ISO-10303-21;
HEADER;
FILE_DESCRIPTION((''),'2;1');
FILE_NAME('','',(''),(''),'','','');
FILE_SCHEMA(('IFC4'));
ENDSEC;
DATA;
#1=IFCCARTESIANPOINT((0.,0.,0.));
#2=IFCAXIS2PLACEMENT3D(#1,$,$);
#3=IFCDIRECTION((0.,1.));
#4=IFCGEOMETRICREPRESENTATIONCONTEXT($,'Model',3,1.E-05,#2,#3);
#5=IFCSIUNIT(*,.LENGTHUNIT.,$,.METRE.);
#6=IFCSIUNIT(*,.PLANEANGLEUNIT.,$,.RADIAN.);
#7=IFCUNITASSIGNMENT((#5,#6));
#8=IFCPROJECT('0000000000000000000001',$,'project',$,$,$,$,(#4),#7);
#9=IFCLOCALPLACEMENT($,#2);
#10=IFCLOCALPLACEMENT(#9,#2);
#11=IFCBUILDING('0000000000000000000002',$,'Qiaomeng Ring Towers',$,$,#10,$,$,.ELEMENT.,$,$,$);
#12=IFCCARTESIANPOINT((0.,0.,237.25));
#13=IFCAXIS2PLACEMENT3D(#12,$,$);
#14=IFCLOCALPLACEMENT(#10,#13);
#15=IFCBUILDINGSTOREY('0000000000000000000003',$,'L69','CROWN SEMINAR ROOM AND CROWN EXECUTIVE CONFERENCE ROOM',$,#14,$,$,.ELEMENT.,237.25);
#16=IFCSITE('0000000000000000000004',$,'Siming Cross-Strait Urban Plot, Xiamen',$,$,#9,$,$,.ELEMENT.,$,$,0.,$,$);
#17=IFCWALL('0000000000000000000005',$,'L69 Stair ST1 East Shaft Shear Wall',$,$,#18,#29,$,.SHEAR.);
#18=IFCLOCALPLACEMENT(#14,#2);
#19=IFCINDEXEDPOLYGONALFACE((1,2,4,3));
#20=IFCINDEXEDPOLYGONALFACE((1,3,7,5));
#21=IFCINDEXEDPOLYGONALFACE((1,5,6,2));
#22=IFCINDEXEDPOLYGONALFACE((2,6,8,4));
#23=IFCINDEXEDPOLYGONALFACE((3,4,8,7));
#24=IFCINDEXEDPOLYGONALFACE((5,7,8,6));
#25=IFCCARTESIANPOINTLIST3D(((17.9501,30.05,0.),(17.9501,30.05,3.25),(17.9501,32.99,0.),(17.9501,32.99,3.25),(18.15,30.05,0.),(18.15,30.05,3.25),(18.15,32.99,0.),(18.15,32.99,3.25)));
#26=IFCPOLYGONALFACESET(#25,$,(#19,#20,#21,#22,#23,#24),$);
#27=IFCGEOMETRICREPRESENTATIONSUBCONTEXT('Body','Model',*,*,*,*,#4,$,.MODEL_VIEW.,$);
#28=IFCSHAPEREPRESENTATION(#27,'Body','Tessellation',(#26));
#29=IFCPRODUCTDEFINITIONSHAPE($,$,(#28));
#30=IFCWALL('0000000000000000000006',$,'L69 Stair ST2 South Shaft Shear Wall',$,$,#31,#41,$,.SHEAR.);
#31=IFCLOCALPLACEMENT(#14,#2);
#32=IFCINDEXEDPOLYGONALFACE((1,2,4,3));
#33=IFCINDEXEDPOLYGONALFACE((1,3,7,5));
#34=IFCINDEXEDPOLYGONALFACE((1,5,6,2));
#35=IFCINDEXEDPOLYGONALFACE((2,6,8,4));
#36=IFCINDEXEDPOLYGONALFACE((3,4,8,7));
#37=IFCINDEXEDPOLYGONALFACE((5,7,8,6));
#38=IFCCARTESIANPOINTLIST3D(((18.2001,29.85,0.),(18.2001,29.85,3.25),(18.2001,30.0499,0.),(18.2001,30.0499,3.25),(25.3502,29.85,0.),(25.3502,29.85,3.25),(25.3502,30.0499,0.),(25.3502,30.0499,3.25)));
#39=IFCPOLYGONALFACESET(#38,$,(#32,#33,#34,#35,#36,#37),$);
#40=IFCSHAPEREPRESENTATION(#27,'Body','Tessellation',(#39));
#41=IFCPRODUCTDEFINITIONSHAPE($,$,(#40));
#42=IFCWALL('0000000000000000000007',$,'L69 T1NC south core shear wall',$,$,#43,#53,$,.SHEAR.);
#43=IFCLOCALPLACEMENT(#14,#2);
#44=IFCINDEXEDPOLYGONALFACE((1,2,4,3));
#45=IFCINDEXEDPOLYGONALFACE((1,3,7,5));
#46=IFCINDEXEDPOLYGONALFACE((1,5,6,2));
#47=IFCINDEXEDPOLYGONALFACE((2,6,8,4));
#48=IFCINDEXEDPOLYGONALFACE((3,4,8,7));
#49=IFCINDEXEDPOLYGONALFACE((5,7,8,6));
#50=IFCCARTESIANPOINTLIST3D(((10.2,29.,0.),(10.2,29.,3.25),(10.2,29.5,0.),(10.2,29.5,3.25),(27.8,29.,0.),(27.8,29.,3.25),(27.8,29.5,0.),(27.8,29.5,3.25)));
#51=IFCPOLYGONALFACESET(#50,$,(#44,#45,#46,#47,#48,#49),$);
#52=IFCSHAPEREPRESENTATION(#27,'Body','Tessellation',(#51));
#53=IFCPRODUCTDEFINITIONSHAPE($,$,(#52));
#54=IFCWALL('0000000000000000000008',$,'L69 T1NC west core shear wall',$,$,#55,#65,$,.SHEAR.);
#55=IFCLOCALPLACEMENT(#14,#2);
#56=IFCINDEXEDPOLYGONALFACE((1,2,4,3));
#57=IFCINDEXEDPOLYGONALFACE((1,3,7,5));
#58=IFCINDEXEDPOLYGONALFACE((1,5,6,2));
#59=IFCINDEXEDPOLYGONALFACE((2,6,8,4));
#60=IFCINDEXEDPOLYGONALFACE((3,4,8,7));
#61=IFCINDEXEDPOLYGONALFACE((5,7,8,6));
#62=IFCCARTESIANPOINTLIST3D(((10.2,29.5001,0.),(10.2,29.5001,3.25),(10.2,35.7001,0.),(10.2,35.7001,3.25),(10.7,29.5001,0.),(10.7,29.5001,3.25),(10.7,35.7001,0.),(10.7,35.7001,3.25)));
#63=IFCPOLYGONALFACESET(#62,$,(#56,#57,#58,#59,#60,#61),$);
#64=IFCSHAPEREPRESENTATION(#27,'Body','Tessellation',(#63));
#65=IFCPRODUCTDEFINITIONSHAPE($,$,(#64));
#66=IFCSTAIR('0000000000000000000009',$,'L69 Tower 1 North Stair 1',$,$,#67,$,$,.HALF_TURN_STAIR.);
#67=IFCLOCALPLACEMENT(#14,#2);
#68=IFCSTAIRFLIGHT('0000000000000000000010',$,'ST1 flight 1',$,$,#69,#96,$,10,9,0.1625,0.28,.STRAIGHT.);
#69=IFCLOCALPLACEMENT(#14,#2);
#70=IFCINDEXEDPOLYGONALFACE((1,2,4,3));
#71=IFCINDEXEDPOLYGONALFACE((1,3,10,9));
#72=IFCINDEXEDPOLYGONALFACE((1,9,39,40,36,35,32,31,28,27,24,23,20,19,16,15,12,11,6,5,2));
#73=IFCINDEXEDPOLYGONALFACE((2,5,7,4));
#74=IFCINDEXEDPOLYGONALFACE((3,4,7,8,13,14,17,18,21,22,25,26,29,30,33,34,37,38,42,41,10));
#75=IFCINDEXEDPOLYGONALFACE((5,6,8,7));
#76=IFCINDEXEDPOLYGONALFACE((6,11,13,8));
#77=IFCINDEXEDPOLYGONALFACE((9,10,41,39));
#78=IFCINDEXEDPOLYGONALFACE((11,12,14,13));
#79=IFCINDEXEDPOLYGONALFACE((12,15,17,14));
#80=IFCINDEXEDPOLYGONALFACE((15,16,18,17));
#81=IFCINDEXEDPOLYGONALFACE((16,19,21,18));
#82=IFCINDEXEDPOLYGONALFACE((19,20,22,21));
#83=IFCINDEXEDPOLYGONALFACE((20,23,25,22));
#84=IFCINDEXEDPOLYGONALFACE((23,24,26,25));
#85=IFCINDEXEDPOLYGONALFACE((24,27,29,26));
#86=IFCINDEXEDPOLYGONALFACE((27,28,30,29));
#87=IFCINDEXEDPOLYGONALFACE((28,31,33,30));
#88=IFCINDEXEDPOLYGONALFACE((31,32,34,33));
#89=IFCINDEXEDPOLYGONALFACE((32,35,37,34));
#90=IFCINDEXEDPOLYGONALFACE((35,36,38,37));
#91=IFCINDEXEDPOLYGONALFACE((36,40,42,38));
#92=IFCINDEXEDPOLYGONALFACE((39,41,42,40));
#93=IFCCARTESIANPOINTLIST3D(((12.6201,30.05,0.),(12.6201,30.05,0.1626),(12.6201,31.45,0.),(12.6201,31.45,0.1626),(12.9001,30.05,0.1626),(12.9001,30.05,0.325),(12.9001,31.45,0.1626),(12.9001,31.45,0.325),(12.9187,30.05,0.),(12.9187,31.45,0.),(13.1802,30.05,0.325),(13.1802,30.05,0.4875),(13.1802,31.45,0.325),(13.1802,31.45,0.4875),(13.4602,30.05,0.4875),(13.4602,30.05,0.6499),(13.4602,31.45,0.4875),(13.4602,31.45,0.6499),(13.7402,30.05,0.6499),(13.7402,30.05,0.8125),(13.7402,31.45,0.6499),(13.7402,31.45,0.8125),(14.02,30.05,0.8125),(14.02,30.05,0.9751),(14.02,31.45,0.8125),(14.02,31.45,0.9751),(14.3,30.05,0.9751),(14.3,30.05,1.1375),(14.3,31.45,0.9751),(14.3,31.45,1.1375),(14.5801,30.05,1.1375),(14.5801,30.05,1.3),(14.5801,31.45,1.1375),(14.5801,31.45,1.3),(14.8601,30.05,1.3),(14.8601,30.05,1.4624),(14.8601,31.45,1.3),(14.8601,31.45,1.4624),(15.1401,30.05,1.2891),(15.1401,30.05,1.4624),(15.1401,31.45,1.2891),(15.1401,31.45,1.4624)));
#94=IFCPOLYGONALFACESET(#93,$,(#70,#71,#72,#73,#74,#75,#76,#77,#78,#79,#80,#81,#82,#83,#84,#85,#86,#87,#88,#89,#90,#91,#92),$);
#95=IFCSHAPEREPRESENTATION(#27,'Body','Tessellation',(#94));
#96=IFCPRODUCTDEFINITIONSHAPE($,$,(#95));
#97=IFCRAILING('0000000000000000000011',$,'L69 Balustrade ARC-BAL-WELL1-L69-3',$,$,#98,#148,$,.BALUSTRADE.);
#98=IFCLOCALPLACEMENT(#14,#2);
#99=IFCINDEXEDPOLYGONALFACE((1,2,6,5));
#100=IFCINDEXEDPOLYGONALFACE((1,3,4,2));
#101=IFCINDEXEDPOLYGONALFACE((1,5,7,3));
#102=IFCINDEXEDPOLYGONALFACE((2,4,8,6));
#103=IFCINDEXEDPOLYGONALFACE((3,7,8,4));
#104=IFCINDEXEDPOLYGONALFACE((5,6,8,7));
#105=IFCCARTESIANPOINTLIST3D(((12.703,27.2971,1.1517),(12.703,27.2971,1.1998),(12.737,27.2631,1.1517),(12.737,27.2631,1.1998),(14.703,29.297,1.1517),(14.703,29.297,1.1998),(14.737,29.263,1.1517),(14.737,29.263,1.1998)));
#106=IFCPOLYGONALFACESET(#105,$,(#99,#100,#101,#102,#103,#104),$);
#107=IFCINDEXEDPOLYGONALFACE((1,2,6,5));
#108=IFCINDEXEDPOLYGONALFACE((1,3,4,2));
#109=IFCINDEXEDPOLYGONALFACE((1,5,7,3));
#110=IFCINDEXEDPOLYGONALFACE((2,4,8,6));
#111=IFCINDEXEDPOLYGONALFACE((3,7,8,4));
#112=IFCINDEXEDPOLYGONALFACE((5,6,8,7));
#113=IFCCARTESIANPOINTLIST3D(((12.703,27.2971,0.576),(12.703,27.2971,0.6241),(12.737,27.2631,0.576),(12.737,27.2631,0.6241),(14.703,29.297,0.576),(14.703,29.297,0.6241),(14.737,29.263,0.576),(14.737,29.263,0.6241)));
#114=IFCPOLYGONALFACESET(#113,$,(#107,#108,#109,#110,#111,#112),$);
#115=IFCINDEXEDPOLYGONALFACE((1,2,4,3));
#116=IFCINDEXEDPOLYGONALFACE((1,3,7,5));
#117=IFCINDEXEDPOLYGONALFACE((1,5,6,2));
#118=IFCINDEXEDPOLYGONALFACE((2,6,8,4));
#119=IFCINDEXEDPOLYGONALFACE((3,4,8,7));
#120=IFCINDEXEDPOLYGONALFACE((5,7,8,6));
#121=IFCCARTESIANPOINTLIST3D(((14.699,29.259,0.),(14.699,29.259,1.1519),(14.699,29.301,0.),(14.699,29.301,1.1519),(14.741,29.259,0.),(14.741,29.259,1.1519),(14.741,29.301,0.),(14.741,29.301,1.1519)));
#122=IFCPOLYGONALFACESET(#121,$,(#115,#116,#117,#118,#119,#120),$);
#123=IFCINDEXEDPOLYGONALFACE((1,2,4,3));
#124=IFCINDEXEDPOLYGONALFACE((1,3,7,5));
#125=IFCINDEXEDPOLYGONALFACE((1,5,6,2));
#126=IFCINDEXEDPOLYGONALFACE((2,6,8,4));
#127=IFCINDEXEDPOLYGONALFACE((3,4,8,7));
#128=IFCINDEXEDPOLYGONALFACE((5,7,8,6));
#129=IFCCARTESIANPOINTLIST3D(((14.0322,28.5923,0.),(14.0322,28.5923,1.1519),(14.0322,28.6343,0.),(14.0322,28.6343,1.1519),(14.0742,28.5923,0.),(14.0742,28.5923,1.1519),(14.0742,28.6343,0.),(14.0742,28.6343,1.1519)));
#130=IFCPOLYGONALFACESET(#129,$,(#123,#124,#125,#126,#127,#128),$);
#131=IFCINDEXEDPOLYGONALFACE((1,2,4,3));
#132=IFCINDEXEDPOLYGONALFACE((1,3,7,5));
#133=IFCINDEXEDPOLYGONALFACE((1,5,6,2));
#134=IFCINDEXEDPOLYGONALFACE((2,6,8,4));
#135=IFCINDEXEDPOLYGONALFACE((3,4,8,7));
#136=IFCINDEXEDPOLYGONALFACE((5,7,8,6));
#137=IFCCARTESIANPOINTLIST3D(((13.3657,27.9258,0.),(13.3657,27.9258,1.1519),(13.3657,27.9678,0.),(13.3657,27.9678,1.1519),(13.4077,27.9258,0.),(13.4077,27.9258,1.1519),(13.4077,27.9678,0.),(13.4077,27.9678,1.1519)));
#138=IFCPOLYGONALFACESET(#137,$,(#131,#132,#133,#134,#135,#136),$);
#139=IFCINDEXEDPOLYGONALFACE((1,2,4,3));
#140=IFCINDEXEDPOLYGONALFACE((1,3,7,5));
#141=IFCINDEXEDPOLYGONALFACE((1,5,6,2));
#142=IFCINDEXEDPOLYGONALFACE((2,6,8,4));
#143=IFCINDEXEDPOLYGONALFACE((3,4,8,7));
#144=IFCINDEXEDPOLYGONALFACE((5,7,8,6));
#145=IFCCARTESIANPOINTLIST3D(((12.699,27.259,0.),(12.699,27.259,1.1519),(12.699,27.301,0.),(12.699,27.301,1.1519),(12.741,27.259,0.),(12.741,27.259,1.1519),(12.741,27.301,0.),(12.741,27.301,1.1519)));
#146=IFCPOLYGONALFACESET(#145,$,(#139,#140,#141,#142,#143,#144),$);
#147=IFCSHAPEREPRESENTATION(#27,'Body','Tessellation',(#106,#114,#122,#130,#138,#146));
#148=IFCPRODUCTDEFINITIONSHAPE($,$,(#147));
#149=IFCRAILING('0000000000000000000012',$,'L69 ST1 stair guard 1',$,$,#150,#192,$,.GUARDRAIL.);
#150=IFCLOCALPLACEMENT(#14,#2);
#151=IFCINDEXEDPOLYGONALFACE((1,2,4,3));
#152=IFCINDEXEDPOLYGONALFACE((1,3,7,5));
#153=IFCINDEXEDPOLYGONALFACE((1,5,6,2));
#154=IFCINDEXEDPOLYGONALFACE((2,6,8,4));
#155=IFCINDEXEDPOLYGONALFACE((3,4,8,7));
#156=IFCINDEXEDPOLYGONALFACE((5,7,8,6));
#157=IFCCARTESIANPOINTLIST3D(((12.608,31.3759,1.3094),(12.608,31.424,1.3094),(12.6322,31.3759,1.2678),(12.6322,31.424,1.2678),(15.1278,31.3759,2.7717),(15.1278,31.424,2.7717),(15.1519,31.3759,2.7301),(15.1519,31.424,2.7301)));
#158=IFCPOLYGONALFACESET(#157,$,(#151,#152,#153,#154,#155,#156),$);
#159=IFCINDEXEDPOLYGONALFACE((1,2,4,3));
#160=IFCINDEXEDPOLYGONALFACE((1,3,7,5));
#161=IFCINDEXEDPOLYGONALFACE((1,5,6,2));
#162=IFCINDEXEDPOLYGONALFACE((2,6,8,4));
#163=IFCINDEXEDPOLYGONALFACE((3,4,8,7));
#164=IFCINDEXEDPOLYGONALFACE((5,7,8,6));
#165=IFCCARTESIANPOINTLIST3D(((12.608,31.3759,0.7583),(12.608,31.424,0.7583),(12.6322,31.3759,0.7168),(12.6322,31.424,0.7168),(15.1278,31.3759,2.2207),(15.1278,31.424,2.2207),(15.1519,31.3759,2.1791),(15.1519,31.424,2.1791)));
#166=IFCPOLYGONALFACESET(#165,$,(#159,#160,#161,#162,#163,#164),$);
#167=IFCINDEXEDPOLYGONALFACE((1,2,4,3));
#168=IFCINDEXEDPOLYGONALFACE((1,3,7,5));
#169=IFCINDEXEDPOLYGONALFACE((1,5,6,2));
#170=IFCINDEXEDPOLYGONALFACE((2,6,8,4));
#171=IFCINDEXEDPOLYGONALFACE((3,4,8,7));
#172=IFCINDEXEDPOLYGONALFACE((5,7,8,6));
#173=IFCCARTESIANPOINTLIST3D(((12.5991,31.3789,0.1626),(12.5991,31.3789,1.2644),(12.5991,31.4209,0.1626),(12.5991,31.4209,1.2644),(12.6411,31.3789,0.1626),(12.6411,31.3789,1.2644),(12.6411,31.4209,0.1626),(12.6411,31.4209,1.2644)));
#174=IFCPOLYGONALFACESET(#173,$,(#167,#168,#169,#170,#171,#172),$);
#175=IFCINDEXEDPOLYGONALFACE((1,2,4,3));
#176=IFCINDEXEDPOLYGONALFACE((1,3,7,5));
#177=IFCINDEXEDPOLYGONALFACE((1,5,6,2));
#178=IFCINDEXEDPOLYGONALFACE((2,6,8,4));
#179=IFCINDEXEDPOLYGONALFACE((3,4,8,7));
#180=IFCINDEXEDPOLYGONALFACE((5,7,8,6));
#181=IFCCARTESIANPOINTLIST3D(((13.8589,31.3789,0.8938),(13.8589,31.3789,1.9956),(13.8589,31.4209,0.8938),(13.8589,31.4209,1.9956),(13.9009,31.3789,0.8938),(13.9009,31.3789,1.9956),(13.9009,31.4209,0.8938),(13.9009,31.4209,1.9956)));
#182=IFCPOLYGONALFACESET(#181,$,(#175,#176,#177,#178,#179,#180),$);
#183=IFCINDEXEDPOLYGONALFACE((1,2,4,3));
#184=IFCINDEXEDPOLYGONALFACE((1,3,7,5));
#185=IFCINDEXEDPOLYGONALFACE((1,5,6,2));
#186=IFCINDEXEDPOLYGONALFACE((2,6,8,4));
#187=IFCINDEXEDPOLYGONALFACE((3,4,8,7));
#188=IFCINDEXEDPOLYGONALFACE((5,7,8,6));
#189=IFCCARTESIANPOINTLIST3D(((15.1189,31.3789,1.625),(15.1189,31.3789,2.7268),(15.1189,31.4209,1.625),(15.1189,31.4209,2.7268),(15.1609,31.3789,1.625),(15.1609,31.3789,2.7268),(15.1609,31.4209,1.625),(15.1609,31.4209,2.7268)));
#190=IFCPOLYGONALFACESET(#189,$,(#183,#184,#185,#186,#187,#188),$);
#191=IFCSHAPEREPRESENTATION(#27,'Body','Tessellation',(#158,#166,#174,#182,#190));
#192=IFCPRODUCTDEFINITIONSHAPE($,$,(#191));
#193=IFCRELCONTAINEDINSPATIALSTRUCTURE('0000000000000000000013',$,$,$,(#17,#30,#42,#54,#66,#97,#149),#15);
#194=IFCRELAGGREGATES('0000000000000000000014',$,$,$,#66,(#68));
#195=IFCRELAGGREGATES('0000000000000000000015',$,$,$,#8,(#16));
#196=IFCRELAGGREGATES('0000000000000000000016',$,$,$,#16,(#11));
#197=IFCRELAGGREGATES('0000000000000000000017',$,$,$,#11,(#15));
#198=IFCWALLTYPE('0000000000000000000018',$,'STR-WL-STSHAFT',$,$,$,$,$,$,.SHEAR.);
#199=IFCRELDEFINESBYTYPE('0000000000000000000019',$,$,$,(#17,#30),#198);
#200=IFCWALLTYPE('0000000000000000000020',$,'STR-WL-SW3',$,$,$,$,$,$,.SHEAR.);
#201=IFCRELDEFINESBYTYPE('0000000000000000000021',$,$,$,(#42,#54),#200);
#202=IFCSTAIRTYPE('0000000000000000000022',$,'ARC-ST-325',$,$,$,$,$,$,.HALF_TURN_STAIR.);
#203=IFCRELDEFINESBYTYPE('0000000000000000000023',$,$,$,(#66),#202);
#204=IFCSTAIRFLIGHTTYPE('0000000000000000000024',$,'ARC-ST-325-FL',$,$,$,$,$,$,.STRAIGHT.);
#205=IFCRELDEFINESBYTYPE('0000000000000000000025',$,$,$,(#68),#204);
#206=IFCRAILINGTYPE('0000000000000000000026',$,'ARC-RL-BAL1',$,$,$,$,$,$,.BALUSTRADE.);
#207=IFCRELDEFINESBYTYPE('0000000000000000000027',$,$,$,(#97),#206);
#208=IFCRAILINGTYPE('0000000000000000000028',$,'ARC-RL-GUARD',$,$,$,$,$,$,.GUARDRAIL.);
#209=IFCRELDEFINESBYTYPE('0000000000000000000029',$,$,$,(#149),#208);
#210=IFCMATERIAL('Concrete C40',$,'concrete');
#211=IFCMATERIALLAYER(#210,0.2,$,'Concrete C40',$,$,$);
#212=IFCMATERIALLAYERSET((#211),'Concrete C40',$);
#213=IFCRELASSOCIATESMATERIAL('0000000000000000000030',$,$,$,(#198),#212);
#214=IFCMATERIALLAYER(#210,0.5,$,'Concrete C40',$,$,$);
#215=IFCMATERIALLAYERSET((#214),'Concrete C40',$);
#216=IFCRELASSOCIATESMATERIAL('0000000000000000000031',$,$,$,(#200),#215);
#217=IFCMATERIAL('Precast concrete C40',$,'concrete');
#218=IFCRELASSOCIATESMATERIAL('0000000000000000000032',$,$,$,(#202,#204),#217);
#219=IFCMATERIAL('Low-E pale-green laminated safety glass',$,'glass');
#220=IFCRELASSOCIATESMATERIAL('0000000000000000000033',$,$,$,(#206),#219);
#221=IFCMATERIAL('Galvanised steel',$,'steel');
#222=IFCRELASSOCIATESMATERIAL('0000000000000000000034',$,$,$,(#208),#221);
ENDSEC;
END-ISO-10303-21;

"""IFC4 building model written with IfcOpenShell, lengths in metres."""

from ifc_helpers import new_model, si_unit, direction, frame, frame_2d, origin, origin_2d, place, context, subcontext, project, spatial, polyline, rectangle, outline, extrude, source, transform, mapped, material, layer, layer_set, type_object, element, aggregate, save


model = new_model("IFC4")

# Units and contexts
model_context = context("Model", 3, precision=1e-05, world=origin(), true_north=direction((0.0, 1.0)))
body_context = subcontext(model_context, "Body", "Model", "MODEL_VIEW")
ifc_project = project(units=[si_unit("LENGTHUNIT", "METRE"), si_unit("PLANEANGLEUNIT", "RADIAN")], contexts=[model_context])

# Site, building, storey
site_placement = place(None, origin())
site = spatial("IfcSite", under=ifc_project, at=site_placement, Name="Siming Cross-Strait Urban Plot, Xiamen", CompositionType="ELEMENT", RefElevation=0.0)
building_placement = place(site_placement, origin())
building = spatial("IfcBuilding", under=site, at=building_placement, Name="Qiaomeng Ring Towers", CompositionType="ELEMENT")
storey_placement = place(building_placement, frame((0.0, 0.0, 237.25)))
storey = spatial("IfcBuildingStorey", under=building, at=storey_placement, Name="L69", Description="CROWN SEMINAR ROOM AND CROWN EXECUTIVE CONFERENCE ROOM", CompositionType="ELEMENT", Elevation=237.25)

# Shared definitions
ifc_material_1 = material(Name="Concrete C40", Category="concrete")

# Walls
ifc_layer_1 = layer(ifc_material_1, 0.2, Name="Concrete C40")
ifc_layer_set_1 = layer_set([ifc_layer_1], Name="Concrete C40")
wall_type_1 = type_object("IfcWallType", Name="STR-WL-STSHAFT", PredefinedType="SHEAR", material=ifc_layer_set_1)
for number, where, z_axis, x_axis, name in (
    (1, (18.05, 30.05, 0.0), (0.0, 0.0, 1.0), (0.0, 1.0, 0.0), "L69 Stair ST1 East Shaft Shear Wall"),
):
    element("IfcWall", number, at=place(storey_placement, frame(where, z_axis=z_axis, x_axis=x_axis)), inside=storey, type_object=wall_type_1, Name=name, PredefinedType="SHEAR", context=body_context, shape_type="SweptSolid", body=[
        extrude(rectangle(XDim=2.9399, YDim=0.2, at=frame_2d((1.47, 0.0))), origin(), (0.0, 0.0, 1.0), 3.25),
    ])
wall_1_placement = place(storey_placement, frame((18.2, 29.95, 0.0), z_axis=(0.0, 0.0, 1.0), x_axis=(1.0, 0.0, 0.0)))
element("IfcWall", 2, at=wall_1_placement, inside=storey, type_object=wall_type_1, Name="L69 Stair ST2 South Shaft Shear Wall", PredefinedType="SHEAR", context=body_context, shape_type="SweptSolid", body=[
    extrude(rectangle(XDim=7.1501, YDim=0.2, at=frame_2d((3.5752, 0.0))), origin(), (0.0, 0.0, 1.0), 3.25),
])
ifc_layer_2 = layer(ifc_material_1, 0.5, Name="Concrete C40")
ifc_layer_set_2 = layer_set([ifc_layer_2], Name="Concrete C40")
wall_type_2 = type_object("IfcWallType", Name="STR-WL-SW3", PredefinedType="SHEAR", material=ifc_layer_set_2)
wall_2_placement = place(storey_placement, frame((10.2, 29.25, 0.0), z_axis=(0.0, 0.0, 1.0), x_axis=(1.0, 0.0, 0.0)))
element("IfcWall", 3, at=wall_2_placement, inside=storey, type_object=wall_type_2, Name="L69 T1NC south core shear wall", PredefinedType="SHEAR", context=body_context, shape_type="SweptSolid", body=[
    extrude(rectangle(XDim=17.6001, YDim=0.5, at=frame_2d((8.8, 0.0))), origin(), (0.0, 0.0, 1.0), 3.25),
])
wall_3_placement = place(storey_placement, frame((10.45, 29.5, 0.0), z_axis=(0.0, 0.0, 1.0), x_axis=(0.0, 1.0, 0.0)))
element("IfcWall", 4, at=wall_3_placement, inside=storey, type_object=wall_type_2, Name="L69 T1NC west core shear wall", PredefinedType="SHEAR", context=body_context, shape_type="SweptSolid", body=[
    extrude(rectangle(XDim=6.2, YDim=0.5, at=frame_2d((3.1001, 0.0))), origin(), (0.0, 0.0, 1.0), 3.25),
])

# Stair, stair flight
ifc_material_2 = material(Name="Precast concrete C40", Category="concrete")
stair_type = type_object("IfcStairType", Name="ARC-ST-325", PredefinedType="HALF_TURN_STAIR", material=ifc_material_2)
stair_placement = place(storey_placement, origin())
stair = element("IfcStair", 5, at=stair_placement, inside=storey, type_object=stair_type, Name="L69 Tower 1 North Stair 1", PredefinedType="HALF_TURN_STAIR")
stair_flight_type = type_object("IfcStairFlightType", Name="ARC-ST-325-FL", PredefinedType="STRAIGHT", material=ifc_material_2)
shared_shape_1 = source(origin(), body_context, "Body", "SweptSolid", [
    extrude(outline(polyline([(0.0, 0.0), (0.0, 0.1626), (0.28, 0.1626), (0.28, 0.325), (0.5601, 0.325), (0.5601, 0.4875), (0.8401, 0.4875), (0.8401, 0.6499), (1.1201, 0.6499), (1.1201, 0.8125), (1.3999, 0.8125), (1.3999, 0.9751), (1.6799, 0.9751), (1.6799, 1.1375), (1.96, 1.1375), (1.96, 1.3), (2.24, 1.3), (2.24, 1.4624), (2.52, 1.4624), (2.52, 1.625), (2.52, 1.2891), (0.2986, 0.0), (0.0, 0.0)])), frame((0.0, 0.7, 0.0), z_axis=(0.0, -1.0, 0.0), x_axis=(1.0, 0.0, 0.0)), (0.0, 0.0, 1.0), 1.3999),
])
stair_flight_placement = place(storey_placement, frame((12.6201, 30.75, 0.0), z_axis=(0.0, 0.0, 1.0), x_axis=(1.0, 0.0, 0.0)))
stair_flight = element("IfcStairFlight", 6, at=stair_flight_placement, type_object=stair_flight_type, Name="ST1 flight 1", NumberOfRisers=10, NumberOfTreads=9, PredefinedType="STRAIGHT", RiserHeight=0.1625, TreadLength=0.28, context=body_context, shape_type="MappedRepresentation", body=[
    mapped(shared_shape_1, transform((0.0, 0.0, 0.0), x_axis=(1.0, 0.0, 0.0), y_axis=(0.0, 1.0, 0.0), z_axis=(0.0, 0.0, 1.0), scale=1.0)),
])
aggregate(stair, [stair_flight])

# Railings
ifc_material_3 = material(Name="Low-E pale-green laminated safety glass", Category="glass")
railing_type_1 = type_object("IfcRailingType", Name="ARC-RL-BAL1", PredefinedType="BALUSTRADE", material=ifc_material_3)
railing_1_placement = place(storey_placement, frame((14.72, 29.28, 0.0)))
element("IfcRailing", 7, at=railing_1_placement, inside=storey, type_object=railing_type_1, Name="L69 Balustrade ARC-BAL-WELL1-L69-3", PredefinedType="BALUSTRADE", context=body_context, shape_type="SweptSolid", body=[
    extrude(rectangle(XDim=0.0481, YDim=0.0481, at=origin_2d()), frame((0.0, 0.0, 1.1758), z_axis=(-0.707107, -0.707107, 0.0), x_axis=(0.707107, -0.707107, 0.0)), (0.0, 0.0, 1.0), 2.8284),
    extrude(rectangle(XDim=0.0481, YDim=0.0481, at=origin_2d()), frame((0.0, 0.0, 0.6001), z_axis=(-0.707107, -0.707107, 0.0), x_axis=(0.707107, -0.707107, 0.0)), (0.0, 0.0, 1.0), 2.8284),
    extrude(rectangle(XDim=0.042, YDim=0.042, at=origin_2d()), origin(), (0.0, 0.0, 1.0), 1.1519),
    extrude(rectangle(XDim=0.042, YDim=0.042, at=origin_2d()), frame((-0.6667, -0.6667, 0.0)), (0.0, 0.0, 1.0), 1.1519),
    extrude(rectangle(XDim=0.042, YDim=0.042, at=origin_2d()), frame((-1.3333, -1.3333, 0.0)), (0.0, 0.0, 1.0), 1.1519),
    extrude(rectangle(XDim=0.042, YDim=0.042, at=origin_2d()), frame((-2.0, -2.0, 0.0)), (0.0, 0.0, 1.0), 1.1519),
])
ifc_material_4 = material(Name="Galvanised steel", Category="steel")
railing_type_2 = type_object("IfcRailingType", Name="ARC-RL-GUARD", PredefinedType="GUARDRAIL", material=ifc_material_4)
railing_2_placement = place(storey_placement, frame((12.6201, 31.3999, 0.1626)))
element("IfcRailing", 8, at=railing_2_placement, inside=storey, type_object=railing_type_2, Name="L69 ST1 stair guard 1", PredefinedType="GUARDRAIL", context=body_context, shape_type="SweptSolid", body=[
    extrude(rectangle(XDim=0.0481, YDim=0.0481, at=origin_2d()), frame((0.0, 0.0, 1.126), z_axis=(0.864892, 0.0, 0.501958), x_axis=(0.0, 1.0, 0.0)), (0.0, 0.0, 1.0), 2.9133),
    extrude(rectangle(XDim=0.0481, YDim=0.0481, at=origin_2d()), frame((0.0, 0.0, 0.575), z_axis=(0.864892, 0.0, 0.501958), x_axis=(0.0, 1.0, 0.0)), (0.0, 0.0, 1.0), 2.9133),
    extrude(rectangle(XDim=0.042, YDim=0.042, at=origin_2d()), origin(), (0.0, 0.0, 1.0), 1.1018),
    extrude(rectangle(XDim=0.042, YDim=0.042, at=origin_2d()), frame((1.2598, 0.0, 0.7312)), (0.0, 0.0, 1.0), 1.1018),
    extrude(rectangle(XDim=0.042, YDim=0.042, at=origin_2d()), frame((2.5198, 0.0, 1.4624)), (0.0, 0.0, 1.0), 1.1018),
])

save(model, "model.ifc")
